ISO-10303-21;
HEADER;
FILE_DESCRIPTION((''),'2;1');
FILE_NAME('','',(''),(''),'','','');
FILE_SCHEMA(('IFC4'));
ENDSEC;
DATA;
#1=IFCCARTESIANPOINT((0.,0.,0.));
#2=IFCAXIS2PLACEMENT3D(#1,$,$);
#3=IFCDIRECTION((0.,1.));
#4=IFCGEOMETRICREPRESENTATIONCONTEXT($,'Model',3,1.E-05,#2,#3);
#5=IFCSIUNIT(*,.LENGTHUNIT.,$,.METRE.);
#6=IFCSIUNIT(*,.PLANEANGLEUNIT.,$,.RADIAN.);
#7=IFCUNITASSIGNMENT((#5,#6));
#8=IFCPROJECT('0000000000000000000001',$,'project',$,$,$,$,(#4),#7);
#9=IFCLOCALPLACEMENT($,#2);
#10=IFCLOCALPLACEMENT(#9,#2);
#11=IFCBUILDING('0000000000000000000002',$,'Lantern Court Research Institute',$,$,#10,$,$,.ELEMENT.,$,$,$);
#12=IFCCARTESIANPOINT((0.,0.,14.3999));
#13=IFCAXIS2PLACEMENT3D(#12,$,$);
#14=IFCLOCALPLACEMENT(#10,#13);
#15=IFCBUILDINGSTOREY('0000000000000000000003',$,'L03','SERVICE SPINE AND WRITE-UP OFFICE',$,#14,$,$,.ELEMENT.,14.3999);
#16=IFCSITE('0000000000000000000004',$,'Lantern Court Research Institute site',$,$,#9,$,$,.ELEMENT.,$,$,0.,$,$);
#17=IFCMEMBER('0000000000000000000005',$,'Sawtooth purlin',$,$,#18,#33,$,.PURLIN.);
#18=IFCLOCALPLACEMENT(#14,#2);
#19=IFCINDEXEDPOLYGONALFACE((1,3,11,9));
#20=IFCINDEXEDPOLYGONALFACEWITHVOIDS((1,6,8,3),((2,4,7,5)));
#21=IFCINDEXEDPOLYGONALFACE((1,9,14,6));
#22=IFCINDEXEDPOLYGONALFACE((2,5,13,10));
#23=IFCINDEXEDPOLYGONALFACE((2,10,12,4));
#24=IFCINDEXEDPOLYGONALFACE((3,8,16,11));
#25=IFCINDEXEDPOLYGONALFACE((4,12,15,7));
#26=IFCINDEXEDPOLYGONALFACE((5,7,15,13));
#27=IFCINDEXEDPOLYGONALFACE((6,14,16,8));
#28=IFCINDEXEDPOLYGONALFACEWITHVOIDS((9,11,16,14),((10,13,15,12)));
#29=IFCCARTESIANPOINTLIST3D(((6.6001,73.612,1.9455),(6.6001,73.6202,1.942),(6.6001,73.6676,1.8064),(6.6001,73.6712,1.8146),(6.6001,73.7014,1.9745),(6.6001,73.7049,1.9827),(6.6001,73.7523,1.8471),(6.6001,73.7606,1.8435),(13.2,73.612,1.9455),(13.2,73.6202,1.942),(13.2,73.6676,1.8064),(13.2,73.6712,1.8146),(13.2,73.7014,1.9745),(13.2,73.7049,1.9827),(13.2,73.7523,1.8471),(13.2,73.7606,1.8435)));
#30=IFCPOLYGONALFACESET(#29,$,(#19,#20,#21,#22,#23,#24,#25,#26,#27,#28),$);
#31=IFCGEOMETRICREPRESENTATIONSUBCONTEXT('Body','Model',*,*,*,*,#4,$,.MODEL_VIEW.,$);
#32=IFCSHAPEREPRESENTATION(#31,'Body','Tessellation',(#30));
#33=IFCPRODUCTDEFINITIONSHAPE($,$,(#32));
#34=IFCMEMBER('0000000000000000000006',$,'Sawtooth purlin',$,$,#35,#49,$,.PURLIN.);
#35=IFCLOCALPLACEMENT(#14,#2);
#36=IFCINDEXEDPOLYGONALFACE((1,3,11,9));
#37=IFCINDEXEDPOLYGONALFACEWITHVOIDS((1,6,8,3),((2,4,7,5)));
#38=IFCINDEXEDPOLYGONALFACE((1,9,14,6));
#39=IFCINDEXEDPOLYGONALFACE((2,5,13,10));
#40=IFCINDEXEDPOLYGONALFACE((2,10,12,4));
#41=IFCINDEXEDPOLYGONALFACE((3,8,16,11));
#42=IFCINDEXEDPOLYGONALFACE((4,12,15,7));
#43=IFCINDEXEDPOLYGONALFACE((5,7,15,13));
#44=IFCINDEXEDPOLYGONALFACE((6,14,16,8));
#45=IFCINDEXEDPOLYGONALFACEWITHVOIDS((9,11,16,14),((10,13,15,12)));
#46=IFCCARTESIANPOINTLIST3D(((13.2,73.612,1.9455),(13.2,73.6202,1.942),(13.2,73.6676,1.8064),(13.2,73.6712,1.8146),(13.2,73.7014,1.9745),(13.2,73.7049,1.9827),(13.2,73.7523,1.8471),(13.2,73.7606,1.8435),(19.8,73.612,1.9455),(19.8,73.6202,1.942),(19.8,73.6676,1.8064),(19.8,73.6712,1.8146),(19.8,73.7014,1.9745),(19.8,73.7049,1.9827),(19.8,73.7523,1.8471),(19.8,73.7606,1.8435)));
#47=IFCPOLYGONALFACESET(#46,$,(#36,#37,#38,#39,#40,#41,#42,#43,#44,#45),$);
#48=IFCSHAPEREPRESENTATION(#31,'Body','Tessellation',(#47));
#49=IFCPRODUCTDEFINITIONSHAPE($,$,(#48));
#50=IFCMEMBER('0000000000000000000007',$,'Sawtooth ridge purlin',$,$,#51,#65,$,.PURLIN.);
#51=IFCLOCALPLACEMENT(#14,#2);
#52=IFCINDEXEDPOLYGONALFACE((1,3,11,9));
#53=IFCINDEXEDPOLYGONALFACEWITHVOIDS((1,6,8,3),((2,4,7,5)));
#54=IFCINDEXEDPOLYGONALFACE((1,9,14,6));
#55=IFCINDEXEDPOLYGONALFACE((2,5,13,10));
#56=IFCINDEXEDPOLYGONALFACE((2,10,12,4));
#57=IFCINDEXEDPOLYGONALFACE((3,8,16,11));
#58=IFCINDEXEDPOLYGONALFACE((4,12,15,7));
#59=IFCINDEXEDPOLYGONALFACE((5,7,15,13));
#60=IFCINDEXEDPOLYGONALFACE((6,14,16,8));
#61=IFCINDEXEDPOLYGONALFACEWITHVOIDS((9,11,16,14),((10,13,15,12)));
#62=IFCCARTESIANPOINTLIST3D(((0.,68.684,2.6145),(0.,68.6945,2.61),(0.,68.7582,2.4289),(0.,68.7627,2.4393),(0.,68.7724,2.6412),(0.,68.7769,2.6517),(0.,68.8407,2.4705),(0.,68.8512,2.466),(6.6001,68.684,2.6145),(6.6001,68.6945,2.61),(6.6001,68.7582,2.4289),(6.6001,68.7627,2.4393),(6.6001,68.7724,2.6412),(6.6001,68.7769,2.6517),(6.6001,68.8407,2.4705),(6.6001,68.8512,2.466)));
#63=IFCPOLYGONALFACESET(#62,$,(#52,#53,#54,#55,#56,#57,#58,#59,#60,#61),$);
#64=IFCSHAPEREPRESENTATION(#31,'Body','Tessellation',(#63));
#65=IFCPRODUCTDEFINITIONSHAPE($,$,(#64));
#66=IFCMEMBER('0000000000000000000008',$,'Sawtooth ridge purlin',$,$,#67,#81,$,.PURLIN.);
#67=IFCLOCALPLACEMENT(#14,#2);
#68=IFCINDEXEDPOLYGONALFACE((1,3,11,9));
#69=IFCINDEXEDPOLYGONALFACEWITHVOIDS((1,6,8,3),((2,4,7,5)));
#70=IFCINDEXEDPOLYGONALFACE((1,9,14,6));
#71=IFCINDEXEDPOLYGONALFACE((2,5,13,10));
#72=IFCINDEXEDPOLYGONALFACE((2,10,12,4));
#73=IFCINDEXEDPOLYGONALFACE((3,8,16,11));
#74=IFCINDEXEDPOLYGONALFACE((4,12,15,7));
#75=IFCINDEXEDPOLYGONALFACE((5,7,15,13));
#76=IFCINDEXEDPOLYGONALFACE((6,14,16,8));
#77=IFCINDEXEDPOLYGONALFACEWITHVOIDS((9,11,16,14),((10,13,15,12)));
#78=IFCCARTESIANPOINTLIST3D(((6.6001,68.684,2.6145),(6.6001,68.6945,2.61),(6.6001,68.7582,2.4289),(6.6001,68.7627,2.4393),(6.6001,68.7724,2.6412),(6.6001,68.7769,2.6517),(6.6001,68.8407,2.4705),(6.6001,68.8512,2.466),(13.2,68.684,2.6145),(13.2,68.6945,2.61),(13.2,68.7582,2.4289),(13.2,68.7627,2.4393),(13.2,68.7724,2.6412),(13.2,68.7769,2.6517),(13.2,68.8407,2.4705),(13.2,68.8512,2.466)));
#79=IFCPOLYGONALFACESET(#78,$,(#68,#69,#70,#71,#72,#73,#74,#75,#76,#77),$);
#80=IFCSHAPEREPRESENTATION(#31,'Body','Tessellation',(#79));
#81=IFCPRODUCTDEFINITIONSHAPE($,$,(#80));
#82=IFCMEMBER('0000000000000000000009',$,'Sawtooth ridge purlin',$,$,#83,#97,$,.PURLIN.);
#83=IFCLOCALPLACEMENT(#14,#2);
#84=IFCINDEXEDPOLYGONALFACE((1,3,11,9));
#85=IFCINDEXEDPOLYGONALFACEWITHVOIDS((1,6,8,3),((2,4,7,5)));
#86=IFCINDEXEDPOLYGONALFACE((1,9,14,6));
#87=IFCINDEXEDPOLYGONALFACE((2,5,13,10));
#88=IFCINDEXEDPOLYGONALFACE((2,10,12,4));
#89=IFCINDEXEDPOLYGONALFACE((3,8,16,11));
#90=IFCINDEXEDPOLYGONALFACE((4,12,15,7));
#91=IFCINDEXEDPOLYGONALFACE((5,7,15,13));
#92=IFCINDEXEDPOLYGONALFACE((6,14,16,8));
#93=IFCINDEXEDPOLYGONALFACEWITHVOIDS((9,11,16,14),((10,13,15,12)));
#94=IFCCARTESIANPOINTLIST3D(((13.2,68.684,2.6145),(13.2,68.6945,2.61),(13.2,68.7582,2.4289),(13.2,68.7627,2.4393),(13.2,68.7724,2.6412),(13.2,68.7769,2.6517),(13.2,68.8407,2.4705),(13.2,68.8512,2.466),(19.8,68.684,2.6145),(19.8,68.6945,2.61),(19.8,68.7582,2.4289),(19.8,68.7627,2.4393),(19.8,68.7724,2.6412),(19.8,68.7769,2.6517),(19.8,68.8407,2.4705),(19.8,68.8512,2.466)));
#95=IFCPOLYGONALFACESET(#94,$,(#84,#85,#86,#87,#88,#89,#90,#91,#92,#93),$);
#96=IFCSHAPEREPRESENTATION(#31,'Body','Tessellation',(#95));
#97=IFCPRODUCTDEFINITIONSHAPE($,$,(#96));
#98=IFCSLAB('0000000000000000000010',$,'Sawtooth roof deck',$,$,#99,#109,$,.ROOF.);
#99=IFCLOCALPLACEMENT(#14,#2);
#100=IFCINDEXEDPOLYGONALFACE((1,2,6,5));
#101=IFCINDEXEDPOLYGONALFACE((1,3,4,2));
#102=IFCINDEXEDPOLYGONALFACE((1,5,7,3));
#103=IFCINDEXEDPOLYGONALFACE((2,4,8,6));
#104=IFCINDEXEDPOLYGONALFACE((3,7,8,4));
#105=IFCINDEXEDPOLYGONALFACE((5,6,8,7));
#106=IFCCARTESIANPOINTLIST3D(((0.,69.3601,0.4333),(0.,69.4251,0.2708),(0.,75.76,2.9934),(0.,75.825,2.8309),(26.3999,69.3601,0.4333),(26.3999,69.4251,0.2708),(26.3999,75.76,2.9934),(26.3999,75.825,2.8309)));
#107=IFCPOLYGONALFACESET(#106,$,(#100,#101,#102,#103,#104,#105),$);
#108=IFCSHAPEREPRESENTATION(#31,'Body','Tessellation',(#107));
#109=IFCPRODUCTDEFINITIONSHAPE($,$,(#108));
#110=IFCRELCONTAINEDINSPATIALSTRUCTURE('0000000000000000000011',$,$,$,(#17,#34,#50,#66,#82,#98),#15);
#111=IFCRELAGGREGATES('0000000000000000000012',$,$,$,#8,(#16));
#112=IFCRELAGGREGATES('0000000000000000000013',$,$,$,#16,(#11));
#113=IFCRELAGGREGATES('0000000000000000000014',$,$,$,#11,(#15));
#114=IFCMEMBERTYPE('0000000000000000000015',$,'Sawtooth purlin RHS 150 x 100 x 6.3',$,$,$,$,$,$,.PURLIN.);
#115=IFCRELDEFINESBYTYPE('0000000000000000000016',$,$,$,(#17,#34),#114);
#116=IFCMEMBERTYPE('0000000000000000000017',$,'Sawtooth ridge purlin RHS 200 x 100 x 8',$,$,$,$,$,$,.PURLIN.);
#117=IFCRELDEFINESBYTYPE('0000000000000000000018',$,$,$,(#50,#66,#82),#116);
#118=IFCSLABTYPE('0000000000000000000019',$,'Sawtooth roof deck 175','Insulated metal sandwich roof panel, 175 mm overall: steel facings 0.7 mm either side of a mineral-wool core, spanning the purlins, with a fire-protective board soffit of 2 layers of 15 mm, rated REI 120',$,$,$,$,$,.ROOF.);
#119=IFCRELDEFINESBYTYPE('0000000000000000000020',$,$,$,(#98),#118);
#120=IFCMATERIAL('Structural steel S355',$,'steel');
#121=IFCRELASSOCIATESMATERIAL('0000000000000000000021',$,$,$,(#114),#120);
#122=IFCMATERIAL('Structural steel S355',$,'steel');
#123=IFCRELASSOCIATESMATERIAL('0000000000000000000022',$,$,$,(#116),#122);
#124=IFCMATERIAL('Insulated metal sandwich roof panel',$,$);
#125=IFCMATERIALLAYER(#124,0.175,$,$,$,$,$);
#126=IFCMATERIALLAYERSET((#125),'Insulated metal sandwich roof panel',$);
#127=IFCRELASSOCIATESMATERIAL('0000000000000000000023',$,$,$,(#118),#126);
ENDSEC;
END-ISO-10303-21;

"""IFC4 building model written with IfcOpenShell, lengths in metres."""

from ifc_helpers import new_model, si_unit, direction, frame, origin, origin_2d, place, context, subcontext, project, spatial, polyline, hollow_rectangle, outline, extrude, material, layer, layer_set, material_profile, profile_set, type_object, element, save


model = new_model("IFC4")

# Units and contexts
model_context = context("Model", 3, precision=1e-05, world=origin(), true_north=direction((0.0, 1.0)))
body_context = subcontext(model_context, "Body", "Model", "MODEL_VIEW")
ifc_project = project(units=[si_unit("LENGTHUNIT", "METRE"), si_unit("PLANEANGLEUNIT", "RADIAN")], contexts=[model_context])

# Site, building, storey
site_placement = place(None, origin())
site = spatial("IfcSite", under=ifc_project, at=site_placement, Name="Lantern Court Research Institute site", CompositionType="ELEMENT", RefElevation=0.0)
building_placement = place(site_placement, origin())
building = spatial("IfcBuilding", under=site, at=building_placement, Name="Lantern Court Research Institute", CompositionType="ELEMENT")
storey_placement = place(building_placement, frame((0.0, 0.0, 14.3999)))
storey = spatial("IfcBuildingStorey", under=building, at=storey_placement, Name="L03", Description="SERVICE SPINE AND WRITE-UP OFFICE", CompositionType="ELEMENT", Elevation=14.3999)

# Members
ifc_material_1 = material(Name="Structural steel S355", Category="steel")
ifc_material_profile_1 = material_profile(ifc_material_1, hollow_rectangle(XDim=0.1001, YDim=0.1499, WallThickness=0.0063, at=origin_2d()), Name="Sawtooth purlin RHS 150 x 100 x 6.3")
ifc_profile_set_1 = profile_set([ifc_material_profile_1], Name="Structural steel S355")
member_type_1 = type_object("IfcMemberType", Name="Sawtooth purlin RHS 150 x 100 x 6.3", PredefinedType="PURLIN", material=ifc_profile_set_1)
member_1_placement = place(storey_placement, frame((6.6001, 73.6863, 1.8945), z_axis=(1.0, 0.0, 0.0), x_axis=(0.0, 0.928477, 0.371391)))
element("IfcMember", 1, at=member_1_placement, inside=storey, type_object=member_type_1, Name="Sawtooth purlin", PredefinedType="PURLIN", context=body_context, shape_type="SweptSolid", body=[
    extrude(hollow_rectangle(XDim=0.1001, YDim=0.1499, WallThickness=0.0063, at=origin_2d()), origin(), (0.0, 0.0, 1.0), 6.5999),
])
member_2_placement = place(storey_placement, frame((13.2, 73.6863, 1.8945), z_axis=(1.0, 0.0, 0.0), x_axis=(0.0, 0.928477, 0.371391)))
element("IfcMember", 2, at=member_2_placement, inside=storey, type_object=member_type_1, Name="Sawtooth purlin", PredefinedType="PURLIN", context=body_context, shape_type="SweptSolid", body=[
    extrude(hollow_rectangle(XDim=0.1001, YDim=0.1499, WallThickness=0.0063, at=origin_2d()), origin(), (0.0, 0.0, 1.0), 6.6001),
])
ifc_material_2 = material(Name="Structural steel S355", Category="steel")
ifc_material_profile_2 = material_profile(ifc_material_2, hollow_rectangle(XDim=0.1001, YDim=0.2, WallThickness=0.0081, at=origin_2d()), Name="Sawtooth ridge purlin RHS 200 x 100 x 8")
ifc_profile_set_2 = profile_set([ifc_material_profile_2], Name="Structural steel S355")
member_type_2 = type_object("IfcMemberType", Name="Sawtooth ridge purlin RHS 200 x 100 x 8", PredefinedType="PURLIN", material=ifc_profile_set_2)
member_3_placement = place(storey_placement, frame((0.0, 68.7676, 2.5403), z_axis=(1.0, 0.0, 0.0), x_axis=(0.0, 0.928477, 0.371391)))
element("IfcMember", 3, at=member_3_placement, inside=storey, type_object=member_type_2, Name="Sawtooth ridge purlin", PredefinedType="PURLIN", context=body_context, shape_type="SweptSolid", body=[
    extrude(hollow_rectangle(XDim=0.1001, YDim=0.2, WallThickness=0.0081, at=origin_2d()), origin(), (0.0, 0.0, 1.0), 6.6001),
])
member_4_placement = place(storey_placement, frame((6.6001, 68.7676, 2.5403), z_axis=(1.0, 0.0, 0.0), x_axis=(0.0, 0.928477, 0.371391)))
element("IfcMember", 4, at=member_4_placement, inside=storey, type_object=member_type_2, Name="Sawtooth ridge purlin", PredefinedType="PURLIN", context=body_context, shape_type="SweptSolid", body=[
    extrude(hollow_rectangle(XDim=0.1001, YDim=0.2, WallThickness=0.0081, at=origin_2d()), origin(), (0.0, 0.0, 1.0), 6.5999),
])
member_5_placement = place(storey_placement, frame((13.2, 68.7676, 2.5403), z_axis=(1.0, 0.0, 0.0), x_axis=(0.0, 0.928477, 0.371391)))
element("IfcMember", 5, at=member_5_placement, inside=storey, type_object=member_type_2, Name="Sawtooth ridge purlin", PredefinedType="PURLIN", context=body_context, shape_type="SweptSolid", body=[
    extrude(hollow_rectangle(XDim=0.1001, YDim=0.2, WallThickness=0.0081, at=origin_2d()), origin(), (0.0, 0.0, 1.0), 6.6001),
])

# Slab
ifc_material_3 = material(Name="Insulated metal sandwich roof panel")
ifc_layer_1 = layer(ifc_material_3, 0.175)
ifc_layer_set_1 = layer_set([ifc_layer_1], Name="Insulated metal sandwich roof panel")
slab_type = type_object("IfcSlabType", Name="Sawtooth roof deck 175", Description="Insulated metal sandwich roof panel, 175 mm overall: steel facings 0.7 mm either side of a mineral-wool core, spanning the purlins, with a fire-protective board soffit of 2 layers of 15 mm, rated REI 120", PredefinedType="ROOF", material=ifc_layer_set_1)
slab_placement = place(storey_placement, frame((0.0, 69.3601, 0.4333), z_axis=(0.0, -0.371403, 0.928472), x_axis=(0.0, 0.928472, 0.371403)))
element("IfcSlab", 6, at=slab_placement, inside=storey, type_object=slab_type, Name="Sawtooth roof deck", PredefinedType="ROOF", context=body_context, shape_type="SweptSolid", body=[
    extrude(outline(polyline([(0.0, 0.0), (6.8929, 0.0), (6.8929, -26.3999), (0.0, -26.3999), (0.0, 0.0)])), origin(), (0.0, 0.0, -1.0), 0.175),
])

save(model, "model.ifc")
